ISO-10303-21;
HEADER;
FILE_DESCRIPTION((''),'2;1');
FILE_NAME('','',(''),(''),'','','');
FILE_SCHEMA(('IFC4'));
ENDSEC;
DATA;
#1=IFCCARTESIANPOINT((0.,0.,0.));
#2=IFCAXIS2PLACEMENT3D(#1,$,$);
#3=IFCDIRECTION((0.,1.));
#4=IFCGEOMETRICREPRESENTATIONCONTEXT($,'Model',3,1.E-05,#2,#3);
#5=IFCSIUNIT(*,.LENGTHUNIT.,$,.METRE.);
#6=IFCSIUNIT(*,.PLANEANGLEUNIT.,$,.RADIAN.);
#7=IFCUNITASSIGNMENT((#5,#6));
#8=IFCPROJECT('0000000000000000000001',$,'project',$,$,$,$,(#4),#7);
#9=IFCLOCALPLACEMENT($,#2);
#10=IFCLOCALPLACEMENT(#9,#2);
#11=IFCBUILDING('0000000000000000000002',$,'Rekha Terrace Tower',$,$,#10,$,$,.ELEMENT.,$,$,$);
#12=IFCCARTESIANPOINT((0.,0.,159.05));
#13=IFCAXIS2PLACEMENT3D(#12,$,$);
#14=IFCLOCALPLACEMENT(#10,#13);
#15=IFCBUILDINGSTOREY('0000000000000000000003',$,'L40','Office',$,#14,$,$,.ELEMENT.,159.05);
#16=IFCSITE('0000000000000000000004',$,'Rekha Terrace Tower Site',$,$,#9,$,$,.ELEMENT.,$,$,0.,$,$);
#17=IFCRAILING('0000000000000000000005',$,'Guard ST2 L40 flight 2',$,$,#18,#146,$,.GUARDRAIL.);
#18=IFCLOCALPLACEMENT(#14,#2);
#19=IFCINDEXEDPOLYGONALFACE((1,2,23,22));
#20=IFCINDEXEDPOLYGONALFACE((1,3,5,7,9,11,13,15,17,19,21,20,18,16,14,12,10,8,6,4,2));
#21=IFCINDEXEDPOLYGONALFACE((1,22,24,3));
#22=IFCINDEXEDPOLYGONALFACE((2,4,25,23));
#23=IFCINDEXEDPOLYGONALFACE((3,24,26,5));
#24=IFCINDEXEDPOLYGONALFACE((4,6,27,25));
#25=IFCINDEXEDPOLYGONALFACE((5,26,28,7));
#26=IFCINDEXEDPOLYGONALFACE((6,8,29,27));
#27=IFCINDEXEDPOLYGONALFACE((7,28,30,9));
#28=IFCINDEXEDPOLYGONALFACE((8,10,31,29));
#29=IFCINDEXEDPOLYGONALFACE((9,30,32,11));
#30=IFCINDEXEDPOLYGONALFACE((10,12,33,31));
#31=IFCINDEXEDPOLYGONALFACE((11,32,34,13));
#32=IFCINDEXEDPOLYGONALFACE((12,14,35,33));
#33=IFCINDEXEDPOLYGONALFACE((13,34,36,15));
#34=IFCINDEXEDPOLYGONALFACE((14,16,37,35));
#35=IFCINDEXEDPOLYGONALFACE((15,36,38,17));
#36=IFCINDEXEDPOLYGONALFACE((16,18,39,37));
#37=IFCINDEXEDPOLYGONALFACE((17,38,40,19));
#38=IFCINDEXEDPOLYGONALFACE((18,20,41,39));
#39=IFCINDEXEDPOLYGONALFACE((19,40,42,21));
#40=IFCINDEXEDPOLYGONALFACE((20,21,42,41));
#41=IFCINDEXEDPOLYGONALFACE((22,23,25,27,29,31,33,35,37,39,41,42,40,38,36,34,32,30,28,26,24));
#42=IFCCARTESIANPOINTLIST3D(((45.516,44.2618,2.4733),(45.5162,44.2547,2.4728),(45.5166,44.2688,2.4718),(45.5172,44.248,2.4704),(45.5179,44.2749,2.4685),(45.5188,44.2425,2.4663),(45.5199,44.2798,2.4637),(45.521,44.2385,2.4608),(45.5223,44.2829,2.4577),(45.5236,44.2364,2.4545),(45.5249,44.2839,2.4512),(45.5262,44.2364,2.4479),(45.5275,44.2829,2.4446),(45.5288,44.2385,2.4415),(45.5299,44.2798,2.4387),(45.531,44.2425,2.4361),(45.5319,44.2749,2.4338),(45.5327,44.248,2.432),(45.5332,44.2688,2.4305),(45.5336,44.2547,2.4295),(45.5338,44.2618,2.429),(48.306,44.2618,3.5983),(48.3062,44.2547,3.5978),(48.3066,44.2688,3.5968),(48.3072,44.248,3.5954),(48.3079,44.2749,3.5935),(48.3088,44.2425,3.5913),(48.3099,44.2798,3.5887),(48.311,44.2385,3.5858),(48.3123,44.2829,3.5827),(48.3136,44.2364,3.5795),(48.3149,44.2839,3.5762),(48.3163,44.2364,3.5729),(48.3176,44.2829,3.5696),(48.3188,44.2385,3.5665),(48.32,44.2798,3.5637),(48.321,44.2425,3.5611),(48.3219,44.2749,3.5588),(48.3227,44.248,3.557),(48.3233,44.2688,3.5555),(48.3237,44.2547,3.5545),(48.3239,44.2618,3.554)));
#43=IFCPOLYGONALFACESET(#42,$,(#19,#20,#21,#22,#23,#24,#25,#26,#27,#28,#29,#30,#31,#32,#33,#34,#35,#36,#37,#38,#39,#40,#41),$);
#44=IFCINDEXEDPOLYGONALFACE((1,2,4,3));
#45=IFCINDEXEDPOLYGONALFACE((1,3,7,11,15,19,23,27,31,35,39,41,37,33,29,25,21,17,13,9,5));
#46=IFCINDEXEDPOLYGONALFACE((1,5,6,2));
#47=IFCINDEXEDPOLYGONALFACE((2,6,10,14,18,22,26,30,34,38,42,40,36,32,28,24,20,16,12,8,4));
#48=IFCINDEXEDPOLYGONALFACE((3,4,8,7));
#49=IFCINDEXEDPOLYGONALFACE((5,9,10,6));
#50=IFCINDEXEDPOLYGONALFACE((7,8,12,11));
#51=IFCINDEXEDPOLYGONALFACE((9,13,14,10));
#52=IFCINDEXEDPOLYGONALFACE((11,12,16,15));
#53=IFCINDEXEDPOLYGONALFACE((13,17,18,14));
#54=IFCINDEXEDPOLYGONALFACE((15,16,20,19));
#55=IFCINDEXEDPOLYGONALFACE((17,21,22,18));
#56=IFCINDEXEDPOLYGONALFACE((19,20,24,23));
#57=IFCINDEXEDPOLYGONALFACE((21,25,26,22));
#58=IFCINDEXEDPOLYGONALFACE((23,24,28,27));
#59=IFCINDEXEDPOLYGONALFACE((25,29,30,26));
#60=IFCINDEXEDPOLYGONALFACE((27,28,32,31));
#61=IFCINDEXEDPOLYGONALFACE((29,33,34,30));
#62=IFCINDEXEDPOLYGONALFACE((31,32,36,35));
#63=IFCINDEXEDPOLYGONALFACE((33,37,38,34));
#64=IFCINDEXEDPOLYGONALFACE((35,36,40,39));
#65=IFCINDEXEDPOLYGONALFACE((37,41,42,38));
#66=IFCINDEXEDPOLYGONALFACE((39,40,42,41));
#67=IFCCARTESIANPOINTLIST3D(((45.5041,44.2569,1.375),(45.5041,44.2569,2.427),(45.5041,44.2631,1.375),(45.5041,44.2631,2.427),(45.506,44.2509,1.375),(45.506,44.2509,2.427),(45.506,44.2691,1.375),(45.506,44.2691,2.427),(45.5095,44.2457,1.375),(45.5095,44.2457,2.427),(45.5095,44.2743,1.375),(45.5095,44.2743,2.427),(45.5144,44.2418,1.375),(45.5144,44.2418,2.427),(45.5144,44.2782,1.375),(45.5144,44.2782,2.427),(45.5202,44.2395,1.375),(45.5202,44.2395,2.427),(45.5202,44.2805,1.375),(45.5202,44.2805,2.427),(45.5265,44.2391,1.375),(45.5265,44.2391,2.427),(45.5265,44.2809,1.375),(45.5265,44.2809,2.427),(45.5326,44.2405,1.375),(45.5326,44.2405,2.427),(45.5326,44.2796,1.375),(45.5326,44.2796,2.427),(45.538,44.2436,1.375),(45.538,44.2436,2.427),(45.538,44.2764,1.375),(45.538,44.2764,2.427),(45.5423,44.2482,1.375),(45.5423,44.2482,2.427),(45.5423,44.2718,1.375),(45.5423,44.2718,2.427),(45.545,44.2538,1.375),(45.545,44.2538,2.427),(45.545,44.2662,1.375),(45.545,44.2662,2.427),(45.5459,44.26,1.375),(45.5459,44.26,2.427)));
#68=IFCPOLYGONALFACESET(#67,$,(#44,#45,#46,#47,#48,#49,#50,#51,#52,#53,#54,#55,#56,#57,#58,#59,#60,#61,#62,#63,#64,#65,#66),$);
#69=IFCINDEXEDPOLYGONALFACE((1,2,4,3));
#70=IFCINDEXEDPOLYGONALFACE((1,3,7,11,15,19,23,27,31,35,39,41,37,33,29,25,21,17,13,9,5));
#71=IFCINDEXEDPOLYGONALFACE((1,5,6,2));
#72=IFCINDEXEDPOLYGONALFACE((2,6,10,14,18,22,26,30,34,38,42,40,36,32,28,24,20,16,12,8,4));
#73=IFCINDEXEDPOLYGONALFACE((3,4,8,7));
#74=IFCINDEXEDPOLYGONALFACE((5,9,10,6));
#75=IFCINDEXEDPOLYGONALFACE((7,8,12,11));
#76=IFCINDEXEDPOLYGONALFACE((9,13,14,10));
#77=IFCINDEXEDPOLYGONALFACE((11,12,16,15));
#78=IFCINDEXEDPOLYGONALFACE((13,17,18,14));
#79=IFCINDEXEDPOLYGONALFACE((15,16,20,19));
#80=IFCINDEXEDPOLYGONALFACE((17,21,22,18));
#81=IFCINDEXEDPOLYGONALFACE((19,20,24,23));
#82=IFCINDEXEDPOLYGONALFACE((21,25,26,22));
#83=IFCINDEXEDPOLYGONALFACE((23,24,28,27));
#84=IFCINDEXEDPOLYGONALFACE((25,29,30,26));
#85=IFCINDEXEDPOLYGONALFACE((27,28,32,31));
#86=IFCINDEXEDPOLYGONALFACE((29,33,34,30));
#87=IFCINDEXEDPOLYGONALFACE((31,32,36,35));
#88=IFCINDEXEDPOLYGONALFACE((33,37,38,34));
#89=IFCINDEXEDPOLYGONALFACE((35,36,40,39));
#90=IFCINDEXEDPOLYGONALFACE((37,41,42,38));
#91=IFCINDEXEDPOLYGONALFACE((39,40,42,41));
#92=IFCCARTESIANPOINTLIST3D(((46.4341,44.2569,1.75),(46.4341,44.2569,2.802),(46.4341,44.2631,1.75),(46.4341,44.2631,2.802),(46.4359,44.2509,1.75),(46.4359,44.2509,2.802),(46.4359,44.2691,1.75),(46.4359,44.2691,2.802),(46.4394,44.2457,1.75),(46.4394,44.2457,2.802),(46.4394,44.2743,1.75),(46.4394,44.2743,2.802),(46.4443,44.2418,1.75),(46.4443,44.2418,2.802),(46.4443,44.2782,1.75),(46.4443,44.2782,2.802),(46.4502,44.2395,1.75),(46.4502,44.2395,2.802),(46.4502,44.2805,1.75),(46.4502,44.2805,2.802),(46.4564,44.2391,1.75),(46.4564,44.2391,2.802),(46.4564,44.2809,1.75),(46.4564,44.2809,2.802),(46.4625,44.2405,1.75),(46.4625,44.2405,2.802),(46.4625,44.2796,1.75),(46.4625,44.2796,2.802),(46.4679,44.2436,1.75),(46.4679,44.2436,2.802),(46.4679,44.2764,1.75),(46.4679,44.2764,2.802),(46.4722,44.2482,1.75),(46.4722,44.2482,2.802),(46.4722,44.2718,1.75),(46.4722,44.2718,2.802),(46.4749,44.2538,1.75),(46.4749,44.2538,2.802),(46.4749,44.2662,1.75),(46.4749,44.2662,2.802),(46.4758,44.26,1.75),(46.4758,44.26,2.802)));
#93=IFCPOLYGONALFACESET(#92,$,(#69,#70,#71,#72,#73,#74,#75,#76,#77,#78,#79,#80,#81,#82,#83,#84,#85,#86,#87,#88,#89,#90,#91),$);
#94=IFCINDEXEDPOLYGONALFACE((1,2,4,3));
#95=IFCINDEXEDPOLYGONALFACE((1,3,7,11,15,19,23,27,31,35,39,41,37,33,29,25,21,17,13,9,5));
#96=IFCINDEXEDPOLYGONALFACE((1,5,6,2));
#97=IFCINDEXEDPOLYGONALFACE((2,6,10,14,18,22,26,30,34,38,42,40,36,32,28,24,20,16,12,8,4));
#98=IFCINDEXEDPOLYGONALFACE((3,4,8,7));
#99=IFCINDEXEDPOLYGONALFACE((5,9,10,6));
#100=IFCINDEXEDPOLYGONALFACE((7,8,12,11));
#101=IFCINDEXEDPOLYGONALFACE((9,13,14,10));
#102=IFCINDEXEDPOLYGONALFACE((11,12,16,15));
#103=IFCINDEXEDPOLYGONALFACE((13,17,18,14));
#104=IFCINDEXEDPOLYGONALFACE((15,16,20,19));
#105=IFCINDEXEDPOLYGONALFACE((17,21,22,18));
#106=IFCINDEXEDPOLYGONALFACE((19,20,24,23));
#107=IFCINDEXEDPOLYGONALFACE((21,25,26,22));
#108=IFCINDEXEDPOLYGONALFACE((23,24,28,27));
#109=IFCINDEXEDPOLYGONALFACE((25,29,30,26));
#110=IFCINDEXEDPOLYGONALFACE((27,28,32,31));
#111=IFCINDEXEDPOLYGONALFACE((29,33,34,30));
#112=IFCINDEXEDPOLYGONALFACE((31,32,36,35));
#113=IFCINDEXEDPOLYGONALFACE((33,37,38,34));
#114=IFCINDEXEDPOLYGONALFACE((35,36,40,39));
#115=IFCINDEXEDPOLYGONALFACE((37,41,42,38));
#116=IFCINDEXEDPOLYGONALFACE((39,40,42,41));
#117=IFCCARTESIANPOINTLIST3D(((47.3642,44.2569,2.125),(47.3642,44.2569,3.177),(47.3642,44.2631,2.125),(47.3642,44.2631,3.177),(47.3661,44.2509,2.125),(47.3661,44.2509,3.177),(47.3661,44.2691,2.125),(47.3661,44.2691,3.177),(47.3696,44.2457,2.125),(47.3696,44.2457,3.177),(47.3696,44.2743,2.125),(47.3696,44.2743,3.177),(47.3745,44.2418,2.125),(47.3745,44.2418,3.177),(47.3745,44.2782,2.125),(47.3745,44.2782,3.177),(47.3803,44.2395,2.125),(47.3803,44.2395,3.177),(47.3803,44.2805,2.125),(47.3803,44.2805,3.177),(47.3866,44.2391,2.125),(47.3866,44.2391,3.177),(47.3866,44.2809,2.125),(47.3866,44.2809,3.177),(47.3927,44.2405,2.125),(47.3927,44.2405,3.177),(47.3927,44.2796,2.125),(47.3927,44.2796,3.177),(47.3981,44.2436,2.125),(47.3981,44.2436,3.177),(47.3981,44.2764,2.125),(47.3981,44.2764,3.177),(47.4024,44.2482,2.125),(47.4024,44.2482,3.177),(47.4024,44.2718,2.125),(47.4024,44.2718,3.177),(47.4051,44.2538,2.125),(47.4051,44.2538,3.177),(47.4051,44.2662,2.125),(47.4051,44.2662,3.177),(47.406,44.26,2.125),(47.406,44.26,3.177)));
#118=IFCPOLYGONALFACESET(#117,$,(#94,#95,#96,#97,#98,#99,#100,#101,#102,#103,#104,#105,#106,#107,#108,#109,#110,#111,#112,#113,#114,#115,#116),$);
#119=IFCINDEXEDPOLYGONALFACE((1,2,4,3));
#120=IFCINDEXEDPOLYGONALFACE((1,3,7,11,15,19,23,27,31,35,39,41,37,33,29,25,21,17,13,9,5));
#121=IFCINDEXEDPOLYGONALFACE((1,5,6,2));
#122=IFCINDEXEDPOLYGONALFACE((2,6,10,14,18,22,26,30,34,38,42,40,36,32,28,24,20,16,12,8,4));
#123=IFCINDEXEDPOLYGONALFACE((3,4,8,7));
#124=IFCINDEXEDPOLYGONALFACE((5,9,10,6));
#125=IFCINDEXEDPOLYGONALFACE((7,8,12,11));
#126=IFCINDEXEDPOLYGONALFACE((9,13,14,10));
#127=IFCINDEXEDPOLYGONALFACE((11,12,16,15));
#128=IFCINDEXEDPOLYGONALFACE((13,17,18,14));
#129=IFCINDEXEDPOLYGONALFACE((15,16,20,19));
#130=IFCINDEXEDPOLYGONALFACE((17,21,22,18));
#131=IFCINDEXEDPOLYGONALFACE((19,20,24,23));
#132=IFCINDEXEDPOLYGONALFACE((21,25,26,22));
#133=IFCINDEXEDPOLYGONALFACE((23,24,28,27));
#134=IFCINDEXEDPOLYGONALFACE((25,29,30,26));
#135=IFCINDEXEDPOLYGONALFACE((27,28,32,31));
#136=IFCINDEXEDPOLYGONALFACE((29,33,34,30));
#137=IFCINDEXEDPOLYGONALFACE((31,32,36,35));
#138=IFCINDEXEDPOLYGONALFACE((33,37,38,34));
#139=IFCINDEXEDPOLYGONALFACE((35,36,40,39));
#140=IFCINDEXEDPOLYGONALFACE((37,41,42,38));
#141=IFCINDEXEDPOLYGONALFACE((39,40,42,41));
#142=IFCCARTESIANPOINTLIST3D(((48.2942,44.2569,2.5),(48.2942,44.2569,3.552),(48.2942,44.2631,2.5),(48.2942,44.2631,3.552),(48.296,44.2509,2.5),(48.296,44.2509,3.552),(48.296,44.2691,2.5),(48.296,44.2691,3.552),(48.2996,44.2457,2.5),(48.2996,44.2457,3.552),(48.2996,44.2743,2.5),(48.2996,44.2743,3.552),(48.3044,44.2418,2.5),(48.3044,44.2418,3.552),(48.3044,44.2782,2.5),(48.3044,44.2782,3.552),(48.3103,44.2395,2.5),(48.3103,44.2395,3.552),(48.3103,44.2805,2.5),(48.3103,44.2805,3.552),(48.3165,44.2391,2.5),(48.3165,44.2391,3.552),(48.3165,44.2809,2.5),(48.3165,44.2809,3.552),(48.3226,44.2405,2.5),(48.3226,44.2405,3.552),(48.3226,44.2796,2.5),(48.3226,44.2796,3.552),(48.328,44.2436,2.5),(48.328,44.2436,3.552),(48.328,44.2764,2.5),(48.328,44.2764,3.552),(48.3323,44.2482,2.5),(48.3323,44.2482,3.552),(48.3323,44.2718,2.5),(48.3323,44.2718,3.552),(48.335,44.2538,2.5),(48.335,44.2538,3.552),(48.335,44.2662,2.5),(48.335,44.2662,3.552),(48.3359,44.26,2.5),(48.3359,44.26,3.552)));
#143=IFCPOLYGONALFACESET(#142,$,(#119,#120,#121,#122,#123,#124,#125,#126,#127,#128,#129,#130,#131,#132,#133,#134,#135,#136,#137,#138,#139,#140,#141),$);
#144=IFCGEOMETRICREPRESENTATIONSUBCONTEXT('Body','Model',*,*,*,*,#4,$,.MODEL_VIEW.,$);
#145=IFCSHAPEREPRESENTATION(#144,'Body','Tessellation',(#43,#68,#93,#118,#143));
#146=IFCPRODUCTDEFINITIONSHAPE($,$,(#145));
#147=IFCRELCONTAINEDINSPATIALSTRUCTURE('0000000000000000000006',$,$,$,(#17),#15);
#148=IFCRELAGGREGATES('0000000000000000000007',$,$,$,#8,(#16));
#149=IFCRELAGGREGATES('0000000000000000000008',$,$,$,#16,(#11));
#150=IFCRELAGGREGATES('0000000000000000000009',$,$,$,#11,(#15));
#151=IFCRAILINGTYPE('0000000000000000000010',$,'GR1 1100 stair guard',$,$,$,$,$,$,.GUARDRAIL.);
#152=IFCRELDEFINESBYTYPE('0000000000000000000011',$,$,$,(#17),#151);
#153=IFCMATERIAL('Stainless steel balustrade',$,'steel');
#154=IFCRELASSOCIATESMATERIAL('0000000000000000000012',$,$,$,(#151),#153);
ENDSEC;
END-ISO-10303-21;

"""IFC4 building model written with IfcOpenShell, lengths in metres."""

from ifc_helpers import new_model, si_unit, direction, frame, origin, origin_2d, place, context, subcontext, project, spatial, circle, extrude, material, type_object, element, save


model = new_model("IFC4")

# Units and contexts
model_context = context("Model", 3, precision=1e-05, world=origin(), true_north=direction((0.0, 1.0)))
body_context = subcontext(model_context, "Body", "Model", "MODEL_VIEW")
ifc_project = project(units=[si_unit("LENGTHUNIT", "METRE"), si_unit("PLANEANGLEUNIT", "RADIAN")], contexts=[model_context])

# Site, building, storey
site_placement = place(None, origin())
site = spatial("IfcSite", under=ifc_project, at=site_placement, Name="Rekha Terrace Tower Site", CompositionType="ELEMENT", RefElevation=0.0)
building_placement = place(site_placement, origin())
building = spatial("IfcBuilding", under=site, at=building_placement, Name="Rekha Terrace Tower", CompositionType="ELEMENT")
storey_placement = place(building_placement, frame((0.0, 0.0, 159.05)))
storey = spatial("IfcBuildingStorey", under=building, at=storey_placement, Name="L40", Description="Office", CompositionType="ELEMENT", Elevation=159.05)

# Railing
ifc_material_1 = material(Name="Stainless steel balustrade", Category="steel")
railing_type_1 = type_object("IfcRailingType", Name="GR1 1100 stair guard", PredefinedType="GUARDRAIL", material=ifc_material_1)
railing_1_placement = place(storey_placement, frame((45.5249, 44.26, 1.375)))
element("IfcRailing", 1, at=railing_1_placement, inside=storey, type_object=railing_type_1, Name="Guard ST2 L40 flight 2", PredefinedType="GUARDRAIL", context=body_context, shape_type="SweptSolid", body=[
    extrude(circle(Radius=0.0239, at=origin_2d()), frame((0.0, 0.0, 1.0762), z_axis=(0.927443, 0.0, 0.373964), x_axis=(0.0, 1.0, 0.0)), (0.0, 0.0, 1.0), 3.0083),
    extrude(circle(Radius=0.021, at=origin_2d()), origin(), (0.0, 0.0, 1.0), 1.052),
    extrude(circle(Radius=0.021, at=origin_2d()), frame((0.9299, 0.0, 0.375)), (0.0, 0.0, 1.0), 1.052),
    extrude(circle(Radius=0.021, at=origin_2d()), frame((1.8601, 0.0, 0.75)), (0.0, 0.0, 1.0), 1.052),
    extrude(circle(Radius=0.021, at=origin_2d()), frame((2.79, 0.0, 1.125)), (0.0, 0.0, 1.0), 1.052),
])

save(model, "model.ifc")
